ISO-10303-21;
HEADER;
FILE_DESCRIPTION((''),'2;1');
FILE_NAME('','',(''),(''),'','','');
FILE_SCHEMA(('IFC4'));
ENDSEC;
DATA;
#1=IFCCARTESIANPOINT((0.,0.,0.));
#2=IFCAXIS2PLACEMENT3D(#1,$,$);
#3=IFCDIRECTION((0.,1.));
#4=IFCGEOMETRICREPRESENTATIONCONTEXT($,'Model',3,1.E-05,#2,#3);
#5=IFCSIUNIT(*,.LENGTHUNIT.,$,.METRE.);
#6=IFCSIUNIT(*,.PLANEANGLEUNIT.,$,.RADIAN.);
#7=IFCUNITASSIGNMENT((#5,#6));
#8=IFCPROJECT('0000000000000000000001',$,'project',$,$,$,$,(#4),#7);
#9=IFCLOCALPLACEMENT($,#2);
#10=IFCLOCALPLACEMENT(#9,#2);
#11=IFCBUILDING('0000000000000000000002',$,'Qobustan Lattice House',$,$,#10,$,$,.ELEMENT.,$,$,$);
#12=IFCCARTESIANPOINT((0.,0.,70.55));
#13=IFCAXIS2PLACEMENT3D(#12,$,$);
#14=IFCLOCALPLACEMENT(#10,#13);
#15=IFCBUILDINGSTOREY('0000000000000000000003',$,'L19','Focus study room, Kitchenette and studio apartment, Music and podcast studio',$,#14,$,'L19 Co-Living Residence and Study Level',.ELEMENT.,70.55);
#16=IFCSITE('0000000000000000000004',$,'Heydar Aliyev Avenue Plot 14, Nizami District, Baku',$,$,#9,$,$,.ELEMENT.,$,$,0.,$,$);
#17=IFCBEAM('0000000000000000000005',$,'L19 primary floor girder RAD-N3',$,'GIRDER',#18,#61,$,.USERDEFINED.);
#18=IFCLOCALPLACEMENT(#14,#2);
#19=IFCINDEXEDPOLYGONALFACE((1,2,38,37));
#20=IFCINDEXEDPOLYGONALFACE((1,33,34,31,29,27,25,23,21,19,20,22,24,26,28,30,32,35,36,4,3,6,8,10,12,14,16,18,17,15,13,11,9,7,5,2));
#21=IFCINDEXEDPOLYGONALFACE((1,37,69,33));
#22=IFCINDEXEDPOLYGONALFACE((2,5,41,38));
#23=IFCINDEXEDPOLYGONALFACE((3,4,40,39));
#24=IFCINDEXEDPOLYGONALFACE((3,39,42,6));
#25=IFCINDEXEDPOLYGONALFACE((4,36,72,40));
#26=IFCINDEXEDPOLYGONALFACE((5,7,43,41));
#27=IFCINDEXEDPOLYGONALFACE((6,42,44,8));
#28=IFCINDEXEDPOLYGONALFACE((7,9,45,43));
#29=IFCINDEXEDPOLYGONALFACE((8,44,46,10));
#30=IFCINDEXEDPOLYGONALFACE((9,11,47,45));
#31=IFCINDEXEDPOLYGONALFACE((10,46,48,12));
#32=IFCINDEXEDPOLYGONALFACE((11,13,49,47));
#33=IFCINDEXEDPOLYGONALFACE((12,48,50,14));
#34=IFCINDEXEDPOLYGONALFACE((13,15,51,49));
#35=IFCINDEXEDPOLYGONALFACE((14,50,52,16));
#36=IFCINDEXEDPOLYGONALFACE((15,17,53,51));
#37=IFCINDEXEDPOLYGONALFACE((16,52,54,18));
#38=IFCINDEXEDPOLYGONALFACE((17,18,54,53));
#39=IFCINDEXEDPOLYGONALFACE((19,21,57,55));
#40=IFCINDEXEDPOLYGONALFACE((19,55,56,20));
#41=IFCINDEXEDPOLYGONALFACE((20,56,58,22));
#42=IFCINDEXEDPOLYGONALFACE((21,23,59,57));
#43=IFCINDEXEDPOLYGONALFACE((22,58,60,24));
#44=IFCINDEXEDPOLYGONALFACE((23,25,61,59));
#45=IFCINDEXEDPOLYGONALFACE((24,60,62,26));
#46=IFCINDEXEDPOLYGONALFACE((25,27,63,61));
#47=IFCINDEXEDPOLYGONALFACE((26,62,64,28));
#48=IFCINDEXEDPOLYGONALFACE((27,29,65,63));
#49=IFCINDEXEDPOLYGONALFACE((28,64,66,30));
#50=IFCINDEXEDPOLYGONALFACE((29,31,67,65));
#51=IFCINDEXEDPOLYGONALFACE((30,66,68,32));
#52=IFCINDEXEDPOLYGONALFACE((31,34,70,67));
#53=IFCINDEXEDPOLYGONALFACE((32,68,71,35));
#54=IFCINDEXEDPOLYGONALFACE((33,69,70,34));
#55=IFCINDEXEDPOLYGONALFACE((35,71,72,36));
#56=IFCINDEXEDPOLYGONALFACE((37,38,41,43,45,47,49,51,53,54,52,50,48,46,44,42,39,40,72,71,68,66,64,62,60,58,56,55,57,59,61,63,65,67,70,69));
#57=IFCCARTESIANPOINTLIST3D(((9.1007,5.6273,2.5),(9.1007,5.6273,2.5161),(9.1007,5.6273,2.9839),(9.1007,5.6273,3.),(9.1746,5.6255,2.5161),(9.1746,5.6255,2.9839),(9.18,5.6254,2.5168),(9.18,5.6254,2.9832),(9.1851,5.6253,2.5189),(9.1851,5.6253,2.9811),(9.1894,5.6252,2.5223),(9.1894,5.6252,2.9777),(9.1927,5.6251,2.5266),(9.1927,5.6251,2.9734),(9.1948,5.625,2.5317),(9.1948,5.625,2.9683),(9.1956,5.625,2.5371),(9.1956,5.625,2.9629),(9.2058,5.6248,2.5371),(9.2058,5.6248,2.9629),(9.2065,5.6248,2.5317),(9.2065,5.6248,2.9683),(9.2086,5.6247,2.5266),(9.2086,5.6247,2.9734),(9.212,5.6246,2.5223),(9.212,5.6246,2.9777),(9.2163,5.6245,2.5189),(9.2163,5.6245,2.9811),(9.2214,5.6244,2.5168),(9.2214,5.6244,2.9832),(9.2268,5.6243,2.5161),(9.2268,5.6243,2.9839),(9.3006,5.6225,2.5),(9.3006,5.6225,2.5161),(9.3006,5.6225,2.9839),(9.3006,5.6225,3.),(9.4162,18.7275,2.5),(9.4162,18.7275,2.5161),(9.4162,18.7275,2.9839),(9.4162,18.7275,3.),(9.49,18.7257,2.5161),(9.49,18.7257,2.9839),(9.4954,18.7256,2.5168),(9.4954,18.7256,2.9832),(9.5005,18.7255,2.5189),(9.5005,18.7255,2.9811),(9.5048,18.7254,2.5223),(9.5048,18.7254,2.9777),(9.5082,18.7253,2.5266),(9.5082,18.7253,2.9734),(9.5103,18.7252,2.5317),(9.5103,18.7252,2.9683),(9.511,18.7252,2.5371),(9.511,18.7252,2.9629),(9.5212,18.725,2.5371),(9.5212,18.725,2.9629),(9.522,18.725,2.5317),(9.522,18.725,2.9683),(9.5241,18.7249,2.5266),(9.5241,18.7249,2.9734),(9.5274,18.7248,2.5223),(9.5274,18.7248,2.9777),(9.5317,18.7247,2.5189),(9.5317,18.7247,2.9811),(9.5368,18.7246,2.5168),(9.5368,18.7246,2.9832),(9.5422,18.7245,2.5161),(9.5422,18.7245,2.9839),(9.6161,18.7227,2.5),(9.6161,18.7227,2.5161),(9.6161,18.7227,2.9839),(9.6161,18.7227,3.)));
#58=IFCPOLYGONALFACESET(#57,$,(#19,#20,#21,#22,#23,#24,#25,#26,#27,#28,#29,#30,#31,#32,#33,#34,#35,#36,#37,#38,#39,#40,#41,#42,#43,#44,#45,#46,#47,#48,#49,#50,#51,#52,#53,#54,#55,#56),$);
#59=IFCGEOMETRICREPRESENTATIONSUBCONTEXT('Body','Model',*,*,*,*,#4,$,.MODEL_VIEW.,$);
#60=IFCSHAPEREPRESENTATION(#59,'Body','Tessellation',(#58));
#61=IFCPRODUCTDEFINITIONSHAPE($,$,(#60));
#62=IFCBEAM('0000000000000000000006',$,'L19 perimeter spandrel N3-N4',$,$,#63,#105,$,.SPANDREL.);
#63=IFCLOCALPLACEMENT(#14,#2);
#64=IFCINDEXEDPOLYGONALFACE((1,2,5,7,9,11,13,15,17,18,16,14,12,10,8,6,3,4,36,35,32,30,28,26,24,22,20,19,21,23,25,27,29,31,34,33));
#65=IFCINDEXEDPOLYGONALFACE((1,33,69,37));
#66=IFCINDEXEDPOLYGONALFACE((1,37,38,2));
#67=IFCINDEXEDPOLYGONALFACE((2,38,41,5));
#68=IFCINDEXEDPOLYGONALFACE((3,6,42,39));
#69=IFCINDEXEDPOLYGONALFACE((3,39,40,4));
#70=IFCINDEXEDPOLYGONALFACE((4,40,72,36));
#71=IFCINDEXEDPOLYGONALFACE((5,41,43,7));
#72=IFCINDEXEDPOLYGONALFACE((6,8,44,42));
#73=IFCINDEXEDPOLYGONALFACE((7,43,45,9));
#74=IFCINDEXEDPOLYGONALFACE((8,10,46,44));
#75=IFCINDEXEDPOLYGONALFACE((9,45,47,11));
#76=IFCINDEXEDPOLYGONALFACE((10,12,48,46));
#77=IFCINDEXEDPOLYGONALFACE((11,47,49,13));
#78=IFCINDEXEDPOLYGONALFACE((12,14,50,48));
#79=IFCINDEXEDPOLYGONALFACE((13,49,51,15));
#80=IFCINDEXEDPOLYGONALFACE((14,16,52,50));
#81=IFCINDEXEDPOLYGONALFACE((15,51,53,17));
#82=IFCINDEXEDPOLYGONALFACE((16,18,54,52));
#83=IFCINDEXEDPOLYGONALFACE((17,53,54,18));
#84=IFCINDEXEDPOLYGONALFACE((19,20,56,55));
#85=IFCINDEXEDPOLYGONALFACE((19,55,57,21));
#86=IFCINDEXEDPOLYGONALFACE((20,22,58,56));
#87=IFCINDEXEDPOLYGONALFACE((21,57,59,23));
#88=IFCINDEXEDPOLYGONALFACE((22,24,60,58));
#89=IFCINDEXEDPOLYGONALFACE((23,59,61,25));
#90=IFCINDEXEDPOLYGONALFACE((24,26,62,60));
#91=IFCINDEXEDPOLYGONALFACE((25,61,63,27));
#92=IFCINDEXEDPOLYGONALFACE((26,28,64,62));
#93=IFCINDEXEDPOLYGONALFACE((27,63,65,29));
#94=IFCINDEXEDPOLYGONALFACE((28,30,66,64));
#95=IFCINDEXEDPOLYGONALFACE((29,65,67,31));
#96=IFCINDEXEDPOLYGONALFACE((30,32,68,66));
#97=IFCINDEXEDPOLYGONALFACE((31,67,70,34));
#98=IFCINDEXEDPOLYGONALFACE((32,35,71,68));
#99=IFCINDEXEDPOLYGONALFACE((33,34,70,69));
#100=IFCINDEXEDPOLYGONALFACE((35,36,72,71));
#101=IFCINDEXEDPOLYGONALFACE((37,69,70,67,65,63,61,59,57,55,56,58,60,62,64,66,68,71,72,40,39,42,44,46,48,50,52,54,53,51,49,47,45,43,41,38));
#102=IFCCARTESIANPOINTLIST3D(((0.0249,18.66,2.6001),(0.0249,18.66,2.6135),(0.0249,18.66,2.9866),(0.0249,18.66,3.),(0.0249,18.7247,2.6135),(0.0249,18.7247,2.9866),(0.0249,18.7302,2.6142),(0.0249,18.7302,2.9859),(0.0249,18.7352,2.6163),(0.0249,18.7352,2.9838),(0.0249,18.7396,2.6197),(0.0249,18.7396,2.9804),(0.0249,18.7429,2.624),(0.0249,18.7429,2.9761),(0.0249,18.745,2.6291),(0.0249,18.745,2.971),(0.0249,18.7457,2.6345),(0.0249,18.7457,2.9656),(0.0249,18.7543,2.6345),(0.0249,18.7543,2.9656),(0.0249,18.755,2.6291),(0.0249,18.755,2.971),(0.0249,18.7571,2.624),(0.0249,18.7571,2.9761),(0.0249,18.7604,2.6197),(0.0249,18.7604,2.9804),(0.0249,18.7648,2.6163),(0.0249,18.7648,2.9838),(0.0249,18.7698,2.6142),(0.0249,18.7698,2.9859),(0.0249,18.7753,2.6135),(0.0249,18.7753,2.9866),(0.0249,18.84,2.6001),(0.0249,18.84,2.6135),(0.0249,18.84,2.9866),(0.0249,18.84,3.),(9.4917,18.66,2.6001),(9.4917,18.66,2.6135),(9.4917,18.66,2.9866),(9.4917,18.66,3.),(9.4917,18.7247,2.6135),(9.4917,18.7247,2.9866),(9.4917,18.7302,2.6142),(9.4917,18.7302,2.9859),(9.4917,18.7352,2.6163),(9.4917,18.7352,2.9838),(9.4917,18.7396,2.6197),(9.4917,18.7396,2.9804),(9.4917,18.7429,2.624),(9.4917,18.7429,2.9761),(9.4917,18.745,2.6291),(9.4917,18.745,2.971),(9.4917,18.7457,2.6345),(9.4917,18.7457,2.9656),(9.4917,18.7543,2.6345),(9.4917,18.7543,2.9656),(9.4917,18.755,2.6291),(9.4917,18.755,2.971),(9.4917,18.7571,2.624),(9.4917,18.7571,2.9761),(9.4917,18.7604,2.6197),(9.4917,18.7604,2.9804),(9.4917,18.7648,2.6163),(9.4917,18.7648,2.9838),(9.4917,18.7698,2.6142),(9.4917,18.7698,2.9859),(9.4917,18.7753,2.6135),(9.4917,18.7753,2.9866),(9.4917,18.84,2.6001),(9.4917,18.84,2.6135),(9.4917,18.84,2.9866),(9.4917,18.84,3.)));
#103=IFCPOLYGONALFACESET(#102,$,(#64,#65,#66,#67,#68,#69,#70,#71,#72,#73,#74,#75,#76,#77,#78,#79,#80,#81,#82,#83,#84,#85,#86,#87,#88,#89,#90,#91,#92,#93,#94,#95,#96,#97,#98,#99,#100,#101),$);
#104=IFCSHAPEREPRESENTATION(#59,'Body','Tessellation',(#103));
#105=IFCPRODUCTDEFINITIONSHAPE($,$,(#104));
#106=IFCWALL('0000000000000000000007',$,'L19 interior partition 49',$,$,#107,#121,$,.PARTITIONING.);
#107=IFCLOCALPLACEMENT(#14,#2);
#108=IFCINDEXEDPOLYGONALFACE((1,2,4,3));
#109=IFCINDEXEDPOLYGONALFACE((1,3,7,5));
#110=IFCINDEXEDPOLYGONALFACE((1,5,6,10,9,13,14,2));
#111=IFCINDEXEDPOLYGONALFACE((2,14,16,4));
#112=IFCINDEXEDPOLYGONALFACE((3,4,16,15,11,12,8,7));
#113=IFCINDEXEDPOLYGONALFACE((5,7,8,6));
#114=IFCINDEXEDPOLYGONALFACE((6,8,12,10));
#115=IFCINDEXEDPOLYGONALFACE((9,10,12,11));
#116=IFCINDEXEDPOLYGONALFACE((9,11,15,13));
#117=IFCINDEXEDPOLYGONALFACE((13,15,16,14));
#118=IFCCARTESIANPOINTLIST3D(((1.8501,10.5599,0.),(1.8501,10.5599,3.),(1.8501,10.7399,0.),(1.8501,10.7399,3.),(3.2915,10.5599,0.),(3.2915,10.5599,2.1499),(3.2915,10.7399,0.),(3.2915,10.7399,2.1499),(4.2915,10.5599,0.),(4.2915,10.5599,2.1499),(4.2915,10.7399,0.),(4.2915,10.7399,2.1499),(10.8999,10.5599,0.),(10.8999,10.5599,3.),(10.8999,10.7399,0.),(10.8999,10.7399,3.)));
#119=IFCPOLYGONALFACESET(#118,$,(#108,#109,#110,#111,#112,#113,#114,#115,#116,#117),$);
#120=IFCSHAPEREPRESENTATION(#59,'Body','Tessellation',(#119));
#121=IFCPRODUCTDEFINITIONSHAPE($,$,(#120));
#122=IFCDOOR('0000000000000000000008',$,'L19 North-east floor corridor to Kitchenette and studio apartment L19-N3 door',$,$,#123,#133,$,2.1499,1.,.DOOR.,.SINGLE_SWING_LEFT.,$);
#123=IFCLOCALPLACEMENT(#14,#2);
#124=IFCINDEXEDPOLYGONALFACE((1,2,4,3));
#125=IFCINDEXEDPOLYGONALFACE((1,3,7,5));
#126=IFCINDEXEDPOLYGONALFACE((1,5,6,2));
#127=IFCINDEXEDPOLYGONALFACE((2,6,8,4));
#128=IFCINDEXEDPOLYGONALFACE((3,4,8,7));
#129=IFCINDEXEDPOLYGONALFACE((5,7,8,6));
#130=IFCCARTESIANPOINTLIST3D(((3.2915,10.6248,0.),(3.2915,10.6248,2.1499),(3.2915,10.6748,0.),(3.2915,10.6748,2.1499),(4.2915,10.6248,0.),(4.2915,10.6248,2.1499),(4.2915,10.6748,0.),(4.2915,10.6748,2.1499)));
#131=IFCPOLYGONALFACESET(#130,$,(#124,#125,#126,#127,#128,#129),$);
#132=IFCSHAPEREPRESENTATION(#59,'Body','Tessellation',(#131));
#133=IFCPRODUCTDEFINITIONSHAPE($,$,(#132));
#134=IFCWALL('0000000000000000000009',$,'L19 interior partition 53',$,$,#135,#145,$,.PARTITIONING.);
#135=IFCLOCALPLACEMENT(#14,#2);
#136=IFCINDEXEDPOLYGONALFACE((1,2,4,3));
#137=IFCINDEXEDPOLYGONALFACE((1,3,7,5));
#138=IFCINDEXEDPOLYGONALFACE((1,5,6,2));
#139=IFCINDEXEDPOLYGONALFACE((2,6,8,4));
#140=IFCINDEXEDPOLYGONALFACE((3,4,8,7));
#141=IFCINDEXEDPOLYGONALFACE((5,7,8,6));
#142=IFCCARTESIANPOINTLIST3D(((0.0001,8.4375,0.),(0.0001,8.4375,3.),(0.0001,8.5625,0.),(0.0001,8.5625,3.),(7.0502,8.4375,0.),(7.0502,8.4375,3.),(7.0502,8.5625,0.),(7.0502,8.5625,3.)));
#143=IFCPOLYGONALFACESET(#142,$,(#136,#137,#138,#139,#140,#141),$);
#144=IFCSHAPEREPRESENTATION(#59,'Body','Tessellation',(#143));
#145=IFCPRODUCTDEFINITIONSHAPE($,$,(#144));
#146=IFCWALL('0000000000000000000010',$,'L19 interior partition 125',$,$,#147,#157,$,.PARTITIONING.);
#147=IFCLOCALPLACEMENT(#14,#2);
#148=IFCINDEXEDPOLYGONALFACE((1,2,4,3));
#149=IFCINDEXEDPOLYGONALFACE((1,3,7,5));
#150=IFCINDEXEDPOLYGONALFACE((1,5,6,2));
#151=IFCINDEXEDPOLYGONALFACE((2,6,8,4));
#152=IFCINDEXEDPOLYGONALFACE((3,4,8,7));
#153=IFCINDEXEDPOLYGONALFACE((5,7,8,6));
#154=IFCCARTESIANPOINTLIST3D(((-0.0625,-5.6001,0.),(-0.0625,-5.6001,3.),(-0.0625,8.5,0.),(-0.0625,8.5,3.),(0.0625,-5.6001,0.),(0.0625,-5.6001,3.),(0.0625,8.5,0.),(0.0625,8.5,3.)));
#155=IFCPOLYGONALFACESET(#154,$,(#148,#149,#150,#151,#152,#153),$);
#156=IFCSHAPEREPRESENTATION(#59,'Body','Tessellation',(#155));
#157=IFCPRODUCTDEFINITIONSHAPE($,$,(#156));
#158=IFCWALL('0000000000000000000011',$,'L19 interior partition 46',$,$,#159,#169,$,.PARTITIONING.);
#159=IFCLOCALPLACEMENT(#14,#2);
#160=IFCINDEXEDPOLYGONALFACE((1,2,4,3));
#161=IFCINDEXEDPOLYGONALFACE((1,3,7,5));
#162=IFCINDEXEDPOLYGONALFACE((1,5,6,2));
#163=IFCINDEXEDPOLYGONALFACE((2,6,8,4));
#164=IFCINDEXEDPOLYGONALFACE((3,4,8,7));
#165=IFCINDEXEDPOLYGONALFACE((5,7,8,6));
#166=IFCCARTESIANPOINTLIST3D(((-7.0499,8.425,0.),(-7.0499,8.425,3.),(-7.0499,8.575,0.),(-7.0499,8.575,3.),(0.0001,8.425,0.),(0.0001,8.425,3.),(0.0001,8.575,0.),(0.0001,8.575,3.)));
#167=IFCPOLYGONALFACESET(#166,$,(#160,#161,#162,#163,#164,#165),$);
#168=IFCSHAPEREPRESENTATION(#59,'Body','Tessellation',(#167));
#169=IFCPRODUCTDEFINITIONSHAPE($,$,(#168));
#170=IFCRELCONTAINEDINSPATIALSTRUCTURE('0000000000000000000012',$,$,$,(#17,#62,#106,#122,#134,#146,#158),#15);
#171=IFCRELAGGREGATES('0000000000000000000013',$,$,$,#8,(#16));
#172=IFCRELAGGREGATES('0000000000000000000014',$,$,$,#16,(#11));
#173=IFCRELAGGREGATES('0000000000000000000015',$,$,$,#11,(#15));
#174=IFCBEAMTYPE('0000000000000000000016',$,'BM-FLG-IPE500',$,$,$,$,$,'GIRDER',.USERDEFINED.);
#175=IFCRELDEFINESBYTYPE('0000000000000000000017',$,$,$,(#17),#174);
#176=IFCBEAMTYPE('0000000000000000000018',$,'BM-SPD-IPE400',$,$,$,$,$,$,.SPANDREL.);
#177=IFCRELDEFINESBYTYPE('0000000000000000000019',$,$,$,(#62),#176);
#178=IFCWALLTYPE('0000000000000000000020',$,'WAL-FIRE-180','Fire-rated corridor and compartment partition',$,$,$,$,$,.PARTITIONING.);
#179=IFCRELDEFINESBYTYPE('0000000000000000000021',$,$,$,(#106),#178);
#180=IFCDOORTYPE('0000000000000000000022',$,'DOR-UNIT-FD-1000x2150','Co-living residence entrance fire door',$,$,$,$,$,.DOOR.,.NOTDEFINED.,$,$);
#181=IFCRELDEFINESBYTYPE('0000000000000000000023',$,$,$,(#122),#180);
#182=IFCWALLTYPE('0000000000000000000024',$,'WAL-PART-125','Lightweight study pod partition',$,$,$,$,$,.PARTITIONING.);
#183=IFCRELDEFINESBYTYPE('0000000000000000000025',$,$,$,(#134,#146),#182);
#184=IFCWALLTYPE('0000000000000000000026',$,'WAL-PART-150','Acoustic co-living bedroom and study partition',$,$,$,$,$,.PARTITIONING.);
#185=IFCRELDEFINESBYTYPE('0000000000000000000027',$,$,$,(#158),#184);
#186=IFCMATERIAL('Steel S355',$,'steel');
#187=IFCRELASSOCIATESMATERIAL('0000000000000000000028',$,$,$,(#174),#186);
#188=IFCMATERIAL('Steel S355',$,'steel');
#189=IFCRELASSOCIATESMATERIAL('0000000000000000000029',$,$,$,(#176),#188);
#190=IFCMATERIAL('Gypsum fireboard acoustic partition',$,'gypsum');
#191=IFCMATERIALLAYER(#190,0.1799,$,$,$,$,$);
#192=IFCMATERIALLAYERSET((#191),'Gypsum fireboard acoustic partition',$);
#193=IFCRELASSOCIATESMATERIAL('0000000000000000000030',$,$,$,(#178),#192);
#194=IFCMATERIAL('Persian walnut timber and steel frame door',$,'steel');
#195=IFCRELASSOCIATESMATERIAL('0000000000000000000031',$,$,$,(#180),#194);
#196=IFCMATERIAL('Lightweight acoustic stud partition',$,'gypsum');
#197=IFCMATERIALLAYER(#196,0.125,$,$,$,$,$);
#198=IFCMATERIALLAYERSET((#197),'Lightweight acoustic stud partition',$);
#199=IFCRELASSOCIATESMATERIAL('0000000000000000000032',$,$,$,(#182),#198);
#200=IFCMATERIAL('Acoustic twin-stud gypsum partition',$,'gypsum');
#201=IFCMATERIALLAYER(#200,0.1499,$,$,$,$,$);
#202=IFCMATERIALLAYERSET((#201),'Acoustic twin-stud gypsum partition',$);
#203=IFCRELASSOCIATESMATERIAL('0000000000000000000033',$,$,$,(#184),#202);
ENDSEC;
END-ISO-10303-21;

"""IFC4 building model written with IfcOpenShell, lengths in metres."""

from ifc_helpers import new_model, si_unit, direction, frame, frame_2d, origin, origin_2d, place, context, subcontext, project, spatial, rectangle, i_section, extrude, material, layer, layer_set, material_profile, profile_set, type_object, element, fill, save


model = new_model("IFC4")

# Units and contexts
model_context = context("Model", 3, precision=1e-05, world=origin(), true_north=direction((0.0, 1.0)))
body_context = subcontext(model_context, "Body", "Model", "MODEL_VIEW")
ifc_project = project(units=[si_unit("LENGTHUNIT", "METRE"), si_unit("PLANEANGLEUNIT", "RADIAN")], contexts=[model_context])

# Site, building, storey
site_placement = place(None, origin())
site = spatial("IfcSite", under=ifc_project, at=site_placement, Name="Heydar Aliyev Avenue Plot 14, Nizami District, Baku", CompositionType="ELEMENT", RefElevation=0.0)
building_placement = place(site_placement, origin())
building = spatial("IfcBuilding", under=site, at=building_placement, Name="Qobustan Lattice House", CompositionType="ELEMENT")
storey_placement = place(building_placement, frame((0.0, 0.0, 70.55)))
storey = spatial("IfcBuildingStorey", under=building, at=storey_placement, Name="L19", Description="Focus study room, Kitchenette and studio apartment, Music and podcast studio", LongName="L19 Co-Living Residence and Study Level", CompositionType="ELEMENT", Elevation=70.55)

# Beams
ifc_material_1 = material(Name="Steel S355", Category="steel")
ifc_material_profile_1 = material_profile(ifc_material_1, i_section(OverallWidth=0.2, OverallDepth=0.5, WebThickness=0.0103, FlangeThickness=0.0161, FilletRadius=0.021, at=origin_2d()), Name="IPE500")
ifc_profile_set_1 = profile_set([ifc_material_profile_1], Name="Steel S355")
beam_type_1 = type_object("IfcBeamType", Name="BM-FLG-IPE500", ElementType="GIRDER", PredefinedType="USERDEFINED", material=ifc_profile_set_1)
beam_1_placement = place(storey_placement, frame((9.5161, 18.7251, 2.75), z_axis=(-0.024071, -0.99971, 0.0), x_axis=(0.99971, -0.024071, 0.0)))
element("IfcBeam", 1, at=beam_1_placement, inside=storey, type_object=beam_type_1, Name="L19 primary floor girder RAD-N3", ObjectType="GIRDER", PredefinedType="USERDEFINED", context=body_context, shape_type="SweptSolid", body=[
    extrude(i_section(OverallWidth=0.2, OverallDepth=0.5, WebThickness=0.0103, FlangeThickness=0.0161, FilletRadius=0.021, at=origin_2d()), origin(), (0.0, 0.0, 1.0), 13.104),
])
ifc_material_2 = material(Name="Steel S355", Category="steel")
ifc_material_profile_2 = material_profile(ifc_material_2, i_section(OverallWidth=0.1799, OverallDepth=0.3999, WebThickness=0.0085, FlangeThickness=0.0134, FilletRadius=0.021, at=origin_2d()), Name="IPE400")
ifc_profile_set_2 = profile_set([ifc_material_profile_2], Name="Steel S355")
beam_type_2 = type_object("IfcBeamType", Name="BM-SPD-IPE400", PredefinedType="SPANDREL", material=ifc_profile_set_2)
beam_2_placement = place(storey_placement, frame((9.4917, 18.75, 2.8), z_axis=(-1.0, 0.0, 0.0), x_axis=(0.0, -1.0, 0.0)))
element("IfcBeam", 2, at=beam_2_placement, inside=storey, type_object=beam_type_2, Name="L19 perimeter spandrel N3-N4", PredefinedType="SPANDREL", context=body_context, shape_type="SweptSolid", body=[
    extrude(i_section(OverallWidth=0.1799, OverallDepth=0.3999, WebThickness=0.0085, FlangeThickness=0.0134, FilletRadius=0.021, at=origin_2d()), origin(), (0.0, 0.0, 1.0), 9.4668),
])

# Wall, opening, door
ifc_material_3 = material(Name="Gypsum fireboard acoustic partition", Category="gypsum")
ifc_layer_1 = layer(ifc_material_3, 0.1799)
ifc_layer_set_1 = layer_set([ifc_layer_1], Name="Gypsum fireboard acoustic partition")
wall_type_1 = type_object("IfcWallType", Name="WAL-FIRE-180", Description="Fire-rated corridor and compartment partition", PredefinedType="PARTITIONING", material=ifc_layer_set_1)
wall_1_placement = place(storey_placement, frame((1.8501, 10.6499, 0.0), z_axis=(0.0, 0.0, 1.0), x_axis=(1.0, 0.0, 0.0)))
wall_1 = element("IfcWall", 3, at=wall_1_placement, inside=storey, type_object=wall_type_1, Name="L19 interior partition 49", PredefinedType="PARTITIONING", context=body_context, shape_type="SweptSolid", body=[
    extrude(rectangle(XDim=9.0498, YDim=0.1799, at=frame_2d((4.5249, 0.0))), origin(), (0.0, 0.0, 1.0), 3.0),
])
opening_1_placement = place(wall_1_placement, frame((1.4414, 0.0, 0.0)))
opening_1 = element("IfcOpeningElement", 4, at=opening_1_placement, cuts=wall_1, PredefinedType="OPENING", context=body_context, shape_type="SweptSolid", body=[
    extrude(rectangle(XDim=1.0, YDim=2.1499, at=frame_2d((0.5, 1.075))), frame((0.0, 0.0999, 0.0), z_axis=(0.0, -1.0, 0.0), x_axis=(1.0, 0.0, 0.0)), (0.0, 0.0, 1.0), 0.2),
])
ifc_material_4 = material(Name="Persian walnut timber and steel frame door", Category="steel")
door_type_1 = type_object("IfcDoorType", Name="DOR-UNIT-FD-1000x2150", Description="Co-living residence entrance fire door", OperationType="NOTDEFINED", PredefinedType="DOOR", material=ifc_material_4)
door_1_placement = place(opening_1_placement, origin())
door_1 = element("IfcDoor", 5, at=door_1_placement, inside=storey, type_object=door_type_1, Name="L19 North-east floor corridor to Kitchenette and studio apartment L19-N3 door", OperationType="SINGLE_SWING_LEFT", OverallHeight=2.1499, OverallWidth=1.0, PredefinedType="DOOR", context=body_context, shape_type="SweptSolid", body=[
    extrude(rectangle(XDim=1.0, YDim=2.1499, at=frame_2d((0.5, 1.075))), frame((0.0, 0.0249, 0.0), z_axis=(0.0, -1.0, 0.0), x_axis=(1.0, 0.0, 0.0)), (0.0, 0.0, 1.0), 0.05),
])
fill(opening_1, door_1)

# Walls
ifc_material_5 = material(Name="Lightweight acoustic stud partition", Category="gypsum")
ifc_layer_2 = layer(ifc_material_5, 0.125)
ifc_layer_set_2 = layer_set([ifc_layer_2], Name="Lightweight acoustic stud partition")
wall_type_2 = type_object("IfcWallType", Name="WAL-PART-125", Description="Lightweight study pod partition", PredefinedType="PARTITIONING", material=ifc_layer_set_2)
wall_2_placement = place(storey_placement, frame((7.05, 8.5, 0.0), z_axis=(0.0, 0.0, 1.0), x_axis=(-1.0, 0.0, 0.0)))
element("IfcWall", 6, at=wall_2_placement, inside=storey, type_object=wall_type_2, Name="L19 interior partition 53", PredefinedType="PARTITIONING", context=body_context, shape_type="SweptSolid", body=[
    extrude(rectangle(XDim=7.05, YDim=0.125, at=frame_2d((3.5249, 0.0))), origin(), (0.0, 0.0, 1.0), 3.0),
])
wall_3_placement = place(storey_placement, frame((0.0, 8.5, 0.0), z_axis=(0.0, 0.0, 1.0), x_axis=(0.0, -1.0, 0.0)))
element("IfcWall", 7, at=wall_3_placement, inside=storey, type_object=wall_type_2, Name="L19 interior partition 125", PredefinedType="PARTITIONING", context=body_context, shape_type="SweptSolid", body=[
    extrude(rectangle(XDim=14.1001, YDim=0.125, at=frame_2d((7.05, 0.0))), origin(), (0.0, 0.0, 1.0), 3.0),
])
ifc_material_6 = material(Name="Acoustic twin-stud gypsum partition", Category="gypsum")
ifc_layer_3 = layer(ifc_material_6, 0.1499)
ifc_layer_set_3 = layer_set([ifc_layer_3], Name="Acoustic twin-stud gypsum partition")
wall_type_3 = type_object("IfcWallType", Name="WAL-PART-150", Description="Acoustic co-living bedroom and study partition", PredefinedType="PARTITIONING", material=ifc_layer_set_3)
wall_4_placement = place(storey_placement, frame((0.0, 8.5, 0.0), z_axis=(0.0, 0.0, 1.0), x_axis=(-1.0, 0.0, 0.0)))
element("IfcWall", 8, at=wall_4_placement, inside=storey, type_object=wall_type_3, Name="L19 interior partition 46", PredefinedType="PARTITIONING", context=body_context, shape_type="SweptSolid", body=[
    extrude(rectangle(XDim=7.05, YDim=0.1499, at=frame_2d((3.5249, 0.0))), origin(), (0.0, 0.0, 1.0), 3.0),
])

save(model, "model.ifc")
